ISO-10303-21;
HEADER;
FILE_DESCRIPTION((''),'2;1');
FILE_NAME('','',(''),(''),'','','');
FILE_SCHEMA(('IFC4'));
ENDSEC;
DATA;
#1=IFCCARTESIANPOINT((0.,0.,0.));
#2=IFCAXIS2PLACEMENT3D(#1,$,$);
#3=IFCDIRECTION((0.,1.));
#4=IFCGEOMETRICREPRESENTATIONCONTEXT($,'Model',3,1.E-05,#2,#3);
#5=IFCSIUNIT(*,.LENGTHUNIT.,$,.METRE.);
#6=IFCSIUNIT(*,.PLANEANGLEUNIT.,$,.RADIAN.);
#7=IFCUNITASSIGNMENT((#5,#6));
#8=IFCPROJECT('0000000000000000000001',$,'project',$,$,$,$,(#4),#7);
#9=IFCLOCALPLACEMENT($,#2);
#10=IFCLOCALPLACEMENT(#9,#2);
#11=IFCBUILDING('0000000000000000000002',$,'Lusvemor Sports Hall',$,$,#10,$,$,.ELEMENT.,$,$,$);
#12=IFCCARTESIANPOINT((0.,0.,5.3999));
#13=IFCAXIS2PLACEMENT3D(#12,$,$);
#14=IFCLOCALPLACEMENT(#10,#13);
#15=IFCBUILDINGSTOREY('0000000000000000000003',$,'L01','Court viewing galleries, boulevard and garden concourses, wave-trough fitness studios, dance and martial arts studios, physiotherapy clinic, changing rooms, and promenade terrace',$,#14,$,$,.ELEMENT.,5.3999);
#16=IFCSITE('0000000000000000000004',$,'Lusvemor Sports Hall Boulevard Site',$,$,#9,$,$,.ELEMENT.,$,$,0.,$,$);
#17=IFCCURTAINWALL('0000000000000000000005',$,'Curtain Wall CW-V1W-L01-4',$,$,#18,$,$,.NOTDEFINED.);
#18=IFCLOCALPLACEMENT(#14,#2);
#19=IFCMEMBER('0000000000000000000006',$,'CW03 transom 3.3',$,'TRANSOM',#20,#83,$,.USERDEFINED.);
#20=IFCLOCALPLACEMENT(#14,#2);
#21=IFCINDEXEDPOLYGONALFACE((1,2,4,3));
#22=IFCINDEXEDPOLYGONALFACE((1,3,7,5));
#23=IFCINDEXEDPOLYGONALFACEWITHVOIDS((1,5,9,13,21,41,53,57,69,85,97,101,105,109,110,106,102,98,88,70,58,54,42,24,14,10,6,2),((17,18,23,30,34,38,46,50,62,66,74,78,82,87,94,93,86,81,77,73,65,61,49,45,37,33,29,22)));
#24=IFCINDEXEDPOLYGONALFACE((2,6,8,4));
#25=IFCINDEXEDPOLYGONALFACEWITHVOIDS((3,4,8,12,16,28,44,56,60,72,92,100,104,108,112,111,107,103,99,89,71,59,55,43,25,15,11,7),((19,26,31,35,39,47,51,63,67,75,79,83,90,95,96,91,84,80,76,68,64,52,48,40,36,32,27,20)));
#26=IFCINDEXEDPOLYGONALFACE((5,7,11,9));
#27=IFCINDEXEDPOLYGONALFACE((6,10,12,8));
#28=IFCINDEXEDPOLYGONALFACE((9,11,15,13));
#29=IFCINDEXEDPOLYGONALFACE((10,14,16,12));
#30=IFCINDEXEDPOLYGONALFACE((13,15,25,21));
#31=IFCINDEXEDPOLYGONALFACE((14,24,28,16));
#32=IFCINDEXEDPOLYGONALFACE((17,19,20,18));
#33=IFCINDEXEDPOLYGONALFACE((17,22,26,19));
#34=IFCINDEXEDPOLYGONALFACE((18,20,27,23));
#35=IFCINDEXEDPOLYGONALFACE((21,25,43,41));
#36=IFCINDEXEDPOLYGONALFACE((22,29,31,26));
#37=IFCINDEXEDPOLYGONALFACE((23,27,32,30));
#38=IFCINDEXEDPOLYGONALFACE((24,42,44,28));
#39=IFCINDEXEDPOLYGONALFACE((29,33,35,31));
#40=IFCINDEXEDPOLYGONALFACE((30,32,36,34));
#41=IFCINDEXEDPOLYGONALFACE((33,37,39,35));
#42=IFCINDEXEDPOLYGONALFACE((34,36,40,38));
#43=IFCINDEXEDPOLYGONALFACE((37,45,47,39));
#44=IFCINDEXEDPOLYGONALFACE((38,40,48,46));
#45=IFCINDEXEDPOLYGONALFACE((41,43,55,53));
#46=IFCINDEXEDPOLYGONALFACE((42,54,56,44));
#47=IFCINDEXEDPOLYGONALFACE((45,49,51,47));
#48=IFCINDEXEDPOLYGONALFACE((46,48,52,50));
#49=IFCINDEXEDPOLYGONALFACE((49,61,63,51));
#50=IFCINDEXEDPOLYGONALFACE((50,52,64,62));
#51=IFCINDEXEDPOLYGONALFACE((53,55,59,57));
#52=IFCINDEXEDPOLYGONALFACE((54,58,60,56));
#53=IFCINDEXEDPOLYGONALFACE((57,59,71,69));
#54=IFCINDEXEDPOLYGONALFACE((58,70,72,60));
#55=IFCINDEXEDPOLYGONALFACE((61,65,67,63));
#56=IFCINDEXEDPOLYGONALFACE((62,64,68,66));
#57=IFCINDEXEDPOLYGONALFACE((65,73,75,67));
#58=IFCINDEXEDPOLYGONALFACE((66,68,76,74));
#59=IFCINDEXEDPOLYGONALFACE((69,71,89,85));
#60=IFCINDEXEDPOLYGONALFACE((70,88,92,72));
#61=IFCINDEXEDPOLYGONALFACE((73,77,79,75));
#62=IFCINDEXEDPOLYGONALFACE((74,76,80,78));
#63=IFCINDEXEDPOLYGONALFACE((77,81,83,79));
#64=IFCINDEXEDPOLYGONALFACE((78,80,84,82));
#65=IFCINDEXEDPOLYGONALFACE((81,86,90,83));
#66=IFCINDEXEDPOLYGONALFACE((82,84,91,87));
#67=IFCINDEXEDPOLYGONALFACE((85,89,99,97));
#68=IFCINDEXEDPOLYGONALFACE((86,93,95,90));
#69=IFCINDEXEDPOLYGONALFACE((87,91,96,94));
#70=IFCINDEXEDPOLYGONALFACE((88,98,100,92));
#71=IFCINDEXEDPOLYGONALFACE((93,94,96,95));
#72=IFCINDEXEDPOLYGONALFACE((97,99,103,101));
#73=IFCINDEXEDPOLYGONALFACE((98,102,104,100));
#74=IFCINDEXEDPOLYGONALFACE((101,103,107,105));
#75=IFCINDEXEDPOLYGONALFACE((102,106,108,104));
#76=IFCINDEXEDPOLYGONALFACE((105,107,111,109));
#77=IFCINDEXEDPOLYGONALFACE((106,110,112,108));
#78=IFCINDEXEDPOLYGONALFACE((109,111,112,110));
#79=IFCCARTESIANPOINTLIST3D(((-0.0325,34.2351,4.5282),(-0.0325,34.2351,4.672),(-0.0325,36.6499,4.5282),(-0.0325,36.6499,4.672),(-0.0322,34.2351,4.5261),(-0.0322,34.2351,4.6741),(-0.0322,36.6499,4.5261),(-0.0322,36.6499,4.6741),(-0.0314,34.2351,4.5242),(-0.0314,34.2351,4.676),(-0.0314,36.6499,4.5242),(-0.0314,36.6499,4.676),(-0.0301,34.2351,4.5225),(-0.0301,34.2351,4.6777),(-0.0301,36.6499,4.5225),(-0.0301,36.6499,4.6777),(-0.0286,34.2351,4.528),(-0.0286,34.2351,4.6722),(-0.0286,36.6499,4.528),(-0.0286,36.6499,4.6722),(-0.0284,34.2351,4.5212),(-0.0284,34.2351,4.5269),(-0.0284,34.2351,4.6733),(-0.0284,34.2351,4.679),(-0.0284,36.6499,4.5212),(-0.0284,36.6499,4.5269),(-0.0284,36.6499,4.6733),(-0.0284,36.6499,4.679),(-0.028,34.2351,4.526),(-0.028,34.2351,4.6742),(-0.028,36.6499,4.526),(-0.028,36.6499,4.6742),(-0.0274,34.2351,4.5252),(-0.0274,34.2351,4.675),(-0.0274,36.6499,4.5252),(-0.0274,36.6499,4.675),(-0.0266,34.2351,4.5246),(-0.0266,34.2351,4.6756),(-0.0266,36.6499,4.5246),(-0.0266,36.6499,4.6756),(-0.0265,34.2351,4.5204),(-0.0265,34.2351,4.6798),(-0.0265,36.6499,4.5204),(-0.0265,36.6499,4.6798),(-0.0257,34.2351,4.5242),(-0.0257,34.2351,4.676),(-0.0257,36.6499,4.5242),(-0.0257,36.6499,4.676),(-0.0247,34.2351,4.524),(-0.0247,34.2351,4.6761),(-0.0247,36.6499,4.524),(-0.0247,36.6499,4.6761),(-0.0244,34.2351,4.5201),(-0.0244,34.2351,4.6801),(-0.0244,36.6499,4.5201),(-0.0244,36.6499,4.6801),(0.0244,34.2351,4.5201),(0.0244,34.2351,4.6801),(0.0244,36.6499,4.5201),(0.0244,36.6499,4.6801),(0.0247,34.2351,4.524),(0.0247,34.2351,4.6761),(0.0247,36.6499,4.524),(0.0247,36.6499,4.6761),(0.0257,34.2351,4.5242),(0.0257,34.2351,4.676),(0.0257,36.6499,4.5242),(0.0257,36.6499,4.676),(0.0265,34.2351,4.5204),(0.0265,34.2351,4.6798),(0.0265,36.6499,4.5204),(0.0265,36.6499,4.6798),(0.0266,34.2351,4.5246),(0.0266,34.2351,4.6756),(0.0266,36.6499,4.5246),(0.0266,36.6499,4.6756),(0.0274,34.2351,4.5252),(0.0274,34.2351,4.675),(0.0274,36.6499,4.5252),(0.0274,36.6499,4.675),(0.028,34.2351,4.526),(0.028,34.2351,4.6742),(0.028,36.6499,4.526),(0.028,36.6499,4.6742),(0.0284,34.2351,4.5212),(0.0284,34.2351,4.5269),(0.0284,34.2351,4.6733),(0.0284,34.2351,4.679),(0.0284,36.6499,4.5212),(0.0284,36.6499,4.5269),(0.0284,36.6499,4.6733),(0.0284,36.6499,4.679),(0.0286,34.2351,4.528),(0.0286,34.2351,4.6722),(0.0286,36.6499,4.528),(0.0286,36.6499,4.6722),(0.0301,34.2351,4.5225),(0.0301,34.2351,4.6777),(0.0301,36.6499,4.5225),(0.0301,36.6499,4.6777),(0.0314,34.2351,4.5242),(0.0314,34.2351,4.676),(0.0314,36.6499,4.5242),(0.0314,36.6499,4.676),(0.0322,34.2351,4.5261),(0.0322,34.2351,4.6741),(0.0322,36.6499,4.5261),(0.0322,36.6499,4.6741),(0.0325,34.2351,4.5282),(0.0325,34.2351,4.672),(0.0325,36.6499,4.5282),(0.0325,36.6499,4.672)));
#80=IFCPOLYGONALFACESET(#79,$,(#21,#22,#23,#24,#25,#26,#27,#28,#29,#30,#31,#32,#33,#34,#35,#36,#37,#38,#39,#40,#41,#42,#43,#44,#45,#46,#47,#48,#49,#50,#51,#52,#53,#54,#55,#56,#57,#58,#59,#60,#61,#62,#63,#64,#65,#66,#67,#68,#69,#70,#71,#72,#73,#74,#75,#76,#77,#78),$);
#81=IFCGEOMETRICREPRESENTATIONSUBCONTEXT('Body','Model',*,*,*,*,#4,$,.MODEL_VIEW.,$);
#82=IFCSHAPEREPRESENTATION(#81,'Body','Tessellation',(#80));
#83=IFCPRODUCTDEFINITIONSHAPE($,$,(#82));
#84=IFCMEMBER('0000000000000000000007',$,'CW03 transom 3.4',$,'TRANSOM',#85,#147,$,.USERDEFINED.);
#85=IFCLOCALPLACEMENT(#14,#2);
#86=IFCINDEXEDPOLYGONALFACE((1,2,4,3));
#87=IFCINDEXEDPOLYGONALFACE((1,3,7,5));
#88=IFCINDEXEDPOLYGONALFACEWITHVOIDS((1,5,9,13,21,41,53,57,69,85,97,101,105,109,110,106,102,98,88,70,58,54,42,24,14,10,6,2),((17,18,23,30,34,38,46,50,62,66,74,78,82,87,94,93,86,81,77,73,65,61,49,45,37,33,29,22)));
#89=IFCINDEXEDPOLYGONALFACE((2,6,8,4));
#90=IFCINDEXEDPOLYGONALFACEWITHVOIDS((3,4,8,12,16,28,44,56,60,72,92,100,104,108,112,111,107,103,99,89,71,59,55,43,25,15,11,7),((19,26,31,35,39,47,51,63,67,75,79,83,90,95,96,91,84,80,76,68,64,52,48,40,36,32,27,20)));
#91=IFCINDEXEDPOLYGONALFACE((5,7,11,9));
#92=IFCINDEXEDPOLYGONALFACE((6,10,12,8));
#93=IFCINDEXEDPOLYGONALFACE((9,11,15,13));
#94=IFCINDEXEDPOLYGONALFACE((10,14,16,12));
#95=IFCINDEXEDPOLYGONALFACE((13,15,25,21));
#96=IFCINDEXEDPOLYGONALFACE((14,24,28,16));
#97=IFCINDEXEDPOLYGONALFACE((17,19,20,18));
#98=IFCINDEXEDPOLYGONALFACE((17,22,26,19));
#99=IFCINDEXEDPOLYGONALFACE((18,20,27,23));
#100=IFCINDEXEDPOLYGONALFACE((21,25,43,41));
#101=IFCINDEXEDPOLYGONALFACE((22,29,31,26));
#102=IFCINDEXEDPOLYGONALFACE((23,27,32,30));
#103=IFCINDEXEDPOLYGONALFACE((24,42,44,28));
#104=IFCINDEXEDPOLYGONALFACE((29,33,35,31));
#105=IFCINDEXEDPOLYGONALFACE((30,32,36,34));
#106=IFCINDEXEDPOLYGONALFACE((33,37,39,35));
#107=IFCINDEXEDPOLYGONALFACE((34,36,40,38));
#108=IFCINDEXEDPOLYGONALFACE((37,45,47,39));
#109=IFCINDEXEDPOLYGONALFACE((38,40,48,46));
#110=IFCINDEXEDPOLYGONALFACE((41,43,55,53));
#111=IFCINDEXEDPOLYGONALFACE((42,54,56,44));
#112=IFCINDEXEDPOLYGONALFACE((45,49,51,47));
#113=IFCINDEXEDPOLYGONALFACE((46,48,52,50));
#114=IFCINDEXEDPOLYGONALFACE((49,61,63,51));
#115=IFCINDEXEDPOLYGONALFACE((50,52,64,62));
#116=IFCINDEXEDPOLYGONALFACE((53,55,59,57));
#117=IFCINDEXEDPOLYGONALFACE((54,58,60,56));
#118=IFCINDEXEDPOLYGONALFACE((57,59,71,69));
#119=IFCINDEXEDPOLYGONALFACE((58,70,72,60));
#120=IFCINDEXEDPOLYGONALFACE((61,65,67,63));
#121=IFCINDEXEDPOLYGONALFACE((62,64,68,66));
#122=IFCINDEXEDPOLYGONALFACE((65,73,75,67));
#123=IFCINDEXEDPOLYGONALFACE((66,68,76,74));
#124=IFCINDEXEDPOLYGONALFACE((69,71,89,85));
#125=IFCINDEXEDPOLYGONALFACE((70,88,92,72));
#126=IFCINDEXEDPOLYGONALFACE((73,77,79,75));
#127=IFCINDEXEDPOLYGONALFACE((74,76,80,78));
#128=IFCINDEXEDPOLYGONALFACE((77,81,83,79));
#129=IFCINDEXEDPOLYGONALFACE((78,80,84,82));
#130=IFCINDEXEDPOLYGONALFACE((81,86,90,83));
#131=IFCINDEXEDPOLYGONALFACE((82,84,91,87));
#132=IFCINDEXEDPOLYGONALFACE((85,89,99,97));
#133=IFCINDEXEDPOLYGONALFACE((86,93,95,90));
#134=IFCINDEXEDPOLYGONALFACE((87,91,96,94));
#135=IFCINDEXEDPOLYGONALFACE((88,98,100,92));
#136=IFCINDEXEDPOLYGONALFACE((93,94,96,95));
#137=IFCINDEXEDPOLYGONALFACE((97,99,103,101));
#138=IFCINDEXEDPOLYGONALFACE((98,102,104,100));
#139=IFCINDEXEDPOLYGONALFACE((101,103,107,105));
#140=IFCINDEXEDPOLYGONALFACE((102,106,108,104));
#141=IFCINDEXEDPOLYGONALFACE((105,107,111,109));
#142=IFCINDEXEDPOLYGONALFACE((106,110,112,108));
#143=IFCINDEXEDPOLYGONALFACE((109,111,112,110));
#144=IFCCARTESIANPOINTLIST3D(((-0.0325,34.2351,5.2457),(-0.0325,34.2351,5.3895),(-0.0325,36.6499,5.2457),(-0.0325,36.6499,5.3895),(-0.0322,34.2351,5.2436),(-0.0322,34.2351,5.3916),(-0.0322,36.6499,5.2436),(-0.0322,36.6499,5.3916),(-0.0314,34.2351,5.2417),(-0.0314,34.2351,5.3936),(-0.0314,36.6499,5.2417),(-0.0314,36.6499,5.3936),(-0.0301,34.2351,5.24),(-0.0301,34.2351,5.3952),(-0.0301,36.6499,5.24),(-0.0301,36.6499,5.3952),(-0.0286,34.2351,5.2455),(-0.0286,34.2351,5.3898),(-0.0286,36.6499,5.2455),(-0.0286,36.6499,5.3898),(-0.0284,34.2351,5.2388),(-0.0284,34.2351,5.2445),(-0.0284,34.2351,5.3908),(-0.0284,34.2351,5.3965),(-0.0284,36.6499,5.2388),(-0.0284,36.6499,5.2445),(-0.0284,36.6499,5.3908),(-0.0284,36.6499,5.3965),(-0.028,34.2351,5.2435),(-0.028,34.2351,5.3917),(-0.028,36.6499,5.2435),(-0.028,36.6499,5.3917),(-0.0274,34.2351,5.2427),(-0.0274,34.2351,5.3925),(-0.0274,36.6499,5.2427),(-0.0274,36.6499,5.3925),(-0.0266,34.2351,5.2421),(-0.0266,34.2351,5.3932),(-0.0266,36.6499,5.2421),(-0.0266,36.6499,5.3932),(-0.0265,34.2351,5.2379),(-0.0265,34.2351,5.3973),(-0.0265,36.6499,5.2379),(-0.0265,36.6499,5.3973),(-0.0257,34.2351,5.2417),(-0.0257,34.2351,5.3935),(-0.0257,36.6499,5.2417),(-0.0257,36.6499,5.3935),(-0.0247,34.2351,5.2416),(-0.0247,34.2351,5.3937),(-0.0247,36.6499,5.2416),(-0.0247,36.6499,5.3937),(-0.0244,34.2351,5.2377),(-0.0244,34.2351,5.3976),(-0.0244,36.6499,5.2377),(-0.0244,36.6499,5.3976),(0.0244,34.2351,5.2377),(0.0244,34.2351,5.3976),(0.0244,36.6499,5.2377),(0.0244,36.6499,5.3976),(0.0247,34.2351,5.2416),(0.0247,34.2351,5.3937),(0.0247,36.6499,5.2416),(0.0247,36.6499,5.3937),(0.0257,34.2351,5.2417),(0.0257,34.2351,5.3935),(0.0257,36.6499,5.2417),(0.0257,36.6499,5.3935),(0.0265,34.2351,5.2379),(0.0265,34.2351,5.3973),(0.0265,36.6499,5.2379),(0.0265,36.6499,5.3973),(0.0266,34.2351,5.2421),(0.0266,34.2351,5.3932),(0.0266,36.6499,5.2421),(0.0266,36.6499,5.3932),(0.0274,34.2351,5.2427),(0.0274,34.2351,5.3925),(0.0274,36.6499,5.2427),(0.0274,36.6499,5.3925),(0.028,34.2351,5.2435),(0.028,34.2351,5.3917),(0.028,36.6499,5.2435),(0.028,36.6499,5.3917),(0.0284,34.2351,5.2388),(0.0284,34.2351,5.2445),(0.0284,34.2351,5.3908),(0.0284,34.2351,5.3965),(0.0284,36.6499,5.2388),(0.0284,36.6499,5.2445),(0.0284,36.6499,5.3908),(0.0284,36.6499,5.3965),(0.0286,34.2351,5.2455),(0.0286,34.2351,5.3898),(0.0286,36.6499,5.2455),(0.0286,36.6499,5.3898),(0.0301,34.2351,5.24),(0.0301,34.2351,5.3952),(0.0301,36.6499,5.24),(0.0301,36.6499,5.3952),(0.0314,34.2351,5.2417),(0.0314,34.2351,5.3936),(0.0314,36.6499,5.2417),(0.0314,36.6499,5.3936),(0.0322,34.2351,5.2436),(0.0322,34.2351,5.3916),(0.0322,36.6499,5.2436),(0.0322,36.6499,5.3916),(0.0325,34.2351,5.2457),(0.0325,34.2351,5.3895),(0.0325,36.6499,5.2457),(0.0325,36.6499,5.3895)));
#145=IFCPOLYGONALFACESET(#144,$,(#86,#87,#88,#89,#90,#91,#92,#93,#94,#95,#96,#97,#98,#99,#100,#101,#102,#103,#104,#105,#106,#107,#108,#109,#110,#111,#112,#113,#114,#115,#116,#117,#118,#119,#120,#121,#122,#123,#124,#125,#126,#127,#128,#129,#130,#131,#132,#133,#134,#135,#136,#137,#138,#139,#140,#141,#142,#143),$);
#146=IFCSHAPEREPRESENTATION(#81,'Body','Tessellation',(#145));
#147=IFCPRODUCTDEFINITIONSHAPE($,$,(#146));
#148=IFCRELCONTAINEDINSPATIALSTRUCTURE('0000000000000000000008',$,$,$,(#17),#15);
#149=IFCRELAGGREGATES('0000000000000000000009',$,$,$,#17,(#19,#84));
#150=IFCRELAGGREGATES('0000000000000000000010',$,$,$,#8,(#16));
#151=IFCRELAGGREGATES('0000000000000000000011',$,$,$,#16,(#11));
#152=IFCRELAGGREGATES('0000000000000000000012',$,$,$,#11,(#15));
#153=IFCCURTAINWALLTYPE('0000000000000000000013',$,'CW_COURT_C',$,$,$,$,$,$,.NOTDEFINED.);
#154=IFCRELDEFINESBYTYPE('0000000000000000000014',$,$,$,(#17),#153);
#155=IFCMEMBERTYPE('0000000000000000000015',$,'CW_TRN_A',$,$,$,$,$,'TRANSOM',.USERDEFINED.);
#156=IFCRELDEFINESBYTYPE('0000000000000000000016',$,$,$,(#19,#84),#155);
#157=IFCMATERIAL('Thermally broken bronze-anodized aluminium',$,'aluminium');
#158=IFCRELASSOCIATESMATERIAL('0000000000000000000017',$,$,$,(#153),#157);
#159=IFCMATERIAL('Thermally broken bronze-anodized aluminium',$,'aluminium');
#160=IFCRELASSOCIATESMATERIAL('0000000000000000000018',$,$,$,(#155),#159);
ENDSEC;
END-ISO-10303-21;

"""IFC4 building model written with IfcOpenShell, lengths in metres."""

from ifc_helpers import new_model, si_unit, direction, frame, origin, origin_2d, place, context, subcontext, project, spatial, hollow_rectangle, extrude, material, material_profile, profile_set, type_object, element, aggregate, save


model = new_model("IFC4")

# Units and contexts
model_context = context("Model", 3, precision=1e-05, world=origin(), true_north=direction((0.0, 1.0)))
body_context = subcontext(model_context, "Body", "Model", "MODEL_VIEW")
ifc_project = project(units=[si_unit("LENGTHUNIT", "METRE"), si_unit("PLANEANGLEUNIT", "RADIAN")], contexts=[model_context])

# Site, building, storey
site_placement = place(None, origin())
site = spatial("IfcSite", under=ifc_project, at=site_placement, Name="Lusvemor Sports Hall Boulevard Site", CompositionType="ELEMENT", RefElevation=0.0)
building_placement = place(site_placement, origin())
building = spatial("IfcBuilding", under=site, at=building_placement, Name="Lusvemor Sports Hall", CompositionType="ELEMENT")
storey_placement = place(building_placement, frame((0.0, 0.0, 5.3999)))
storey = spatial("IfcBuildingStorey", under=building, at=storey_placement, Name="L01", Description="Court viewing galleries, boulevard and garden concourses, wave-trough fitness studios, dance and martial arts studios, physiotherapy clinic, changing rooms, and promenade terrace", CompositionType="ELEMENT", Elevation=5.3999)

# Curtain wall
ifc_material_1 = material(Name="Thermally broken bronze-anodized aluminium", Category="aluminium")
curtain_wall_type = type_object("IfcCurtainWallType", Name="CW_COURT_C", PredefinedType="NOTDEFINED", material=ifc_material_1)
curtain_wall_1_placement = place(storey_placement, origin())
curtain_wall_1 = element("IfcCurtainWall", 1, at=curtain_wall_1_placement, inside=storey, type_object=curtain_wall_type, Name="Curtain Wall CW-V1W-L01-4", PredefinedType="NOTDEFINED")

# Members
ifc_material_2 = material(Name="Thermally broken bronze-anodized aluminium", Category="aluminium")
ifc_material_profile_1 = material_profile(ifc_material_2, hollow_rectangle(XDim=0.0649, YDim=0.1599, WallThickness=0.0039, InnerFilletRadius=0.0039, OuterFilletRadius=0.0081, at=origin_2d()), Name="CWTRN160x65x4")
ifc_profile_set_1 = profile_set([ifc_material_profile_1], Name="Thermally broken bronze-anodized aluminium")
member_type_1 = type_object("IfcMemberType", Name="CW_TRN_A", ElementType="TRANSOM", PredefinedType="USERDEFINED", material=ifc_profile_set_1)
member_1_placement = place(storey_placement, frame((0.0, 34.2351, 4.6001), z_axis=(0.0, 1.0, 0.0), x_axis=(-1.0, 0.0, 0.0)))
member_1 = element("IfcMember", 2, at=member_1_placement, type_object=member_type_1, Name="CW03 transom 3.3", ObjectType="TRANSOM", PredefinedType="USERDEFINED", context=body_context, shape_type="SweptSolid", body=[
    extrude(hollow_rectangle(XDim=0.0649, YDim=0.1599, WallThickness=0.0039, InnerFilletRadius=0.0039, OuterFilletRadius=0.0081, at=origin_2d()), origin(), (0.0, 0.0, 1.0), 2.4148),
])
member_2_placement = place(storey_placement, frame((0.0, 34.2351, 5.3176), z_axis=(0.0, 1.0, 0.0), x_axis=(-1.0, 0.0, 0.0)))
member_2 = element("IfcMember", 3, at=member_2_placement, type_object=member_type_1, Name="CW03 transom 3.4", ObjectType="TRANSOM", PredefinedType="USERDEFINED", context=body_context, shape_type="SweptSolid", body=[
    extrude(hollow_rectangle(XDim=0.0649, YDim=0.1599, WallThickness=0.0039, InnerFilletRadius=0.0039, OuterFilletRadius=0.0081, at=origin_2d()), origin(), (0.0, 0.0, 1.0), 2.4148),
])

aggregate(curtain_wall_1, [member_1, member_2])

save(model, "model.ifc")
